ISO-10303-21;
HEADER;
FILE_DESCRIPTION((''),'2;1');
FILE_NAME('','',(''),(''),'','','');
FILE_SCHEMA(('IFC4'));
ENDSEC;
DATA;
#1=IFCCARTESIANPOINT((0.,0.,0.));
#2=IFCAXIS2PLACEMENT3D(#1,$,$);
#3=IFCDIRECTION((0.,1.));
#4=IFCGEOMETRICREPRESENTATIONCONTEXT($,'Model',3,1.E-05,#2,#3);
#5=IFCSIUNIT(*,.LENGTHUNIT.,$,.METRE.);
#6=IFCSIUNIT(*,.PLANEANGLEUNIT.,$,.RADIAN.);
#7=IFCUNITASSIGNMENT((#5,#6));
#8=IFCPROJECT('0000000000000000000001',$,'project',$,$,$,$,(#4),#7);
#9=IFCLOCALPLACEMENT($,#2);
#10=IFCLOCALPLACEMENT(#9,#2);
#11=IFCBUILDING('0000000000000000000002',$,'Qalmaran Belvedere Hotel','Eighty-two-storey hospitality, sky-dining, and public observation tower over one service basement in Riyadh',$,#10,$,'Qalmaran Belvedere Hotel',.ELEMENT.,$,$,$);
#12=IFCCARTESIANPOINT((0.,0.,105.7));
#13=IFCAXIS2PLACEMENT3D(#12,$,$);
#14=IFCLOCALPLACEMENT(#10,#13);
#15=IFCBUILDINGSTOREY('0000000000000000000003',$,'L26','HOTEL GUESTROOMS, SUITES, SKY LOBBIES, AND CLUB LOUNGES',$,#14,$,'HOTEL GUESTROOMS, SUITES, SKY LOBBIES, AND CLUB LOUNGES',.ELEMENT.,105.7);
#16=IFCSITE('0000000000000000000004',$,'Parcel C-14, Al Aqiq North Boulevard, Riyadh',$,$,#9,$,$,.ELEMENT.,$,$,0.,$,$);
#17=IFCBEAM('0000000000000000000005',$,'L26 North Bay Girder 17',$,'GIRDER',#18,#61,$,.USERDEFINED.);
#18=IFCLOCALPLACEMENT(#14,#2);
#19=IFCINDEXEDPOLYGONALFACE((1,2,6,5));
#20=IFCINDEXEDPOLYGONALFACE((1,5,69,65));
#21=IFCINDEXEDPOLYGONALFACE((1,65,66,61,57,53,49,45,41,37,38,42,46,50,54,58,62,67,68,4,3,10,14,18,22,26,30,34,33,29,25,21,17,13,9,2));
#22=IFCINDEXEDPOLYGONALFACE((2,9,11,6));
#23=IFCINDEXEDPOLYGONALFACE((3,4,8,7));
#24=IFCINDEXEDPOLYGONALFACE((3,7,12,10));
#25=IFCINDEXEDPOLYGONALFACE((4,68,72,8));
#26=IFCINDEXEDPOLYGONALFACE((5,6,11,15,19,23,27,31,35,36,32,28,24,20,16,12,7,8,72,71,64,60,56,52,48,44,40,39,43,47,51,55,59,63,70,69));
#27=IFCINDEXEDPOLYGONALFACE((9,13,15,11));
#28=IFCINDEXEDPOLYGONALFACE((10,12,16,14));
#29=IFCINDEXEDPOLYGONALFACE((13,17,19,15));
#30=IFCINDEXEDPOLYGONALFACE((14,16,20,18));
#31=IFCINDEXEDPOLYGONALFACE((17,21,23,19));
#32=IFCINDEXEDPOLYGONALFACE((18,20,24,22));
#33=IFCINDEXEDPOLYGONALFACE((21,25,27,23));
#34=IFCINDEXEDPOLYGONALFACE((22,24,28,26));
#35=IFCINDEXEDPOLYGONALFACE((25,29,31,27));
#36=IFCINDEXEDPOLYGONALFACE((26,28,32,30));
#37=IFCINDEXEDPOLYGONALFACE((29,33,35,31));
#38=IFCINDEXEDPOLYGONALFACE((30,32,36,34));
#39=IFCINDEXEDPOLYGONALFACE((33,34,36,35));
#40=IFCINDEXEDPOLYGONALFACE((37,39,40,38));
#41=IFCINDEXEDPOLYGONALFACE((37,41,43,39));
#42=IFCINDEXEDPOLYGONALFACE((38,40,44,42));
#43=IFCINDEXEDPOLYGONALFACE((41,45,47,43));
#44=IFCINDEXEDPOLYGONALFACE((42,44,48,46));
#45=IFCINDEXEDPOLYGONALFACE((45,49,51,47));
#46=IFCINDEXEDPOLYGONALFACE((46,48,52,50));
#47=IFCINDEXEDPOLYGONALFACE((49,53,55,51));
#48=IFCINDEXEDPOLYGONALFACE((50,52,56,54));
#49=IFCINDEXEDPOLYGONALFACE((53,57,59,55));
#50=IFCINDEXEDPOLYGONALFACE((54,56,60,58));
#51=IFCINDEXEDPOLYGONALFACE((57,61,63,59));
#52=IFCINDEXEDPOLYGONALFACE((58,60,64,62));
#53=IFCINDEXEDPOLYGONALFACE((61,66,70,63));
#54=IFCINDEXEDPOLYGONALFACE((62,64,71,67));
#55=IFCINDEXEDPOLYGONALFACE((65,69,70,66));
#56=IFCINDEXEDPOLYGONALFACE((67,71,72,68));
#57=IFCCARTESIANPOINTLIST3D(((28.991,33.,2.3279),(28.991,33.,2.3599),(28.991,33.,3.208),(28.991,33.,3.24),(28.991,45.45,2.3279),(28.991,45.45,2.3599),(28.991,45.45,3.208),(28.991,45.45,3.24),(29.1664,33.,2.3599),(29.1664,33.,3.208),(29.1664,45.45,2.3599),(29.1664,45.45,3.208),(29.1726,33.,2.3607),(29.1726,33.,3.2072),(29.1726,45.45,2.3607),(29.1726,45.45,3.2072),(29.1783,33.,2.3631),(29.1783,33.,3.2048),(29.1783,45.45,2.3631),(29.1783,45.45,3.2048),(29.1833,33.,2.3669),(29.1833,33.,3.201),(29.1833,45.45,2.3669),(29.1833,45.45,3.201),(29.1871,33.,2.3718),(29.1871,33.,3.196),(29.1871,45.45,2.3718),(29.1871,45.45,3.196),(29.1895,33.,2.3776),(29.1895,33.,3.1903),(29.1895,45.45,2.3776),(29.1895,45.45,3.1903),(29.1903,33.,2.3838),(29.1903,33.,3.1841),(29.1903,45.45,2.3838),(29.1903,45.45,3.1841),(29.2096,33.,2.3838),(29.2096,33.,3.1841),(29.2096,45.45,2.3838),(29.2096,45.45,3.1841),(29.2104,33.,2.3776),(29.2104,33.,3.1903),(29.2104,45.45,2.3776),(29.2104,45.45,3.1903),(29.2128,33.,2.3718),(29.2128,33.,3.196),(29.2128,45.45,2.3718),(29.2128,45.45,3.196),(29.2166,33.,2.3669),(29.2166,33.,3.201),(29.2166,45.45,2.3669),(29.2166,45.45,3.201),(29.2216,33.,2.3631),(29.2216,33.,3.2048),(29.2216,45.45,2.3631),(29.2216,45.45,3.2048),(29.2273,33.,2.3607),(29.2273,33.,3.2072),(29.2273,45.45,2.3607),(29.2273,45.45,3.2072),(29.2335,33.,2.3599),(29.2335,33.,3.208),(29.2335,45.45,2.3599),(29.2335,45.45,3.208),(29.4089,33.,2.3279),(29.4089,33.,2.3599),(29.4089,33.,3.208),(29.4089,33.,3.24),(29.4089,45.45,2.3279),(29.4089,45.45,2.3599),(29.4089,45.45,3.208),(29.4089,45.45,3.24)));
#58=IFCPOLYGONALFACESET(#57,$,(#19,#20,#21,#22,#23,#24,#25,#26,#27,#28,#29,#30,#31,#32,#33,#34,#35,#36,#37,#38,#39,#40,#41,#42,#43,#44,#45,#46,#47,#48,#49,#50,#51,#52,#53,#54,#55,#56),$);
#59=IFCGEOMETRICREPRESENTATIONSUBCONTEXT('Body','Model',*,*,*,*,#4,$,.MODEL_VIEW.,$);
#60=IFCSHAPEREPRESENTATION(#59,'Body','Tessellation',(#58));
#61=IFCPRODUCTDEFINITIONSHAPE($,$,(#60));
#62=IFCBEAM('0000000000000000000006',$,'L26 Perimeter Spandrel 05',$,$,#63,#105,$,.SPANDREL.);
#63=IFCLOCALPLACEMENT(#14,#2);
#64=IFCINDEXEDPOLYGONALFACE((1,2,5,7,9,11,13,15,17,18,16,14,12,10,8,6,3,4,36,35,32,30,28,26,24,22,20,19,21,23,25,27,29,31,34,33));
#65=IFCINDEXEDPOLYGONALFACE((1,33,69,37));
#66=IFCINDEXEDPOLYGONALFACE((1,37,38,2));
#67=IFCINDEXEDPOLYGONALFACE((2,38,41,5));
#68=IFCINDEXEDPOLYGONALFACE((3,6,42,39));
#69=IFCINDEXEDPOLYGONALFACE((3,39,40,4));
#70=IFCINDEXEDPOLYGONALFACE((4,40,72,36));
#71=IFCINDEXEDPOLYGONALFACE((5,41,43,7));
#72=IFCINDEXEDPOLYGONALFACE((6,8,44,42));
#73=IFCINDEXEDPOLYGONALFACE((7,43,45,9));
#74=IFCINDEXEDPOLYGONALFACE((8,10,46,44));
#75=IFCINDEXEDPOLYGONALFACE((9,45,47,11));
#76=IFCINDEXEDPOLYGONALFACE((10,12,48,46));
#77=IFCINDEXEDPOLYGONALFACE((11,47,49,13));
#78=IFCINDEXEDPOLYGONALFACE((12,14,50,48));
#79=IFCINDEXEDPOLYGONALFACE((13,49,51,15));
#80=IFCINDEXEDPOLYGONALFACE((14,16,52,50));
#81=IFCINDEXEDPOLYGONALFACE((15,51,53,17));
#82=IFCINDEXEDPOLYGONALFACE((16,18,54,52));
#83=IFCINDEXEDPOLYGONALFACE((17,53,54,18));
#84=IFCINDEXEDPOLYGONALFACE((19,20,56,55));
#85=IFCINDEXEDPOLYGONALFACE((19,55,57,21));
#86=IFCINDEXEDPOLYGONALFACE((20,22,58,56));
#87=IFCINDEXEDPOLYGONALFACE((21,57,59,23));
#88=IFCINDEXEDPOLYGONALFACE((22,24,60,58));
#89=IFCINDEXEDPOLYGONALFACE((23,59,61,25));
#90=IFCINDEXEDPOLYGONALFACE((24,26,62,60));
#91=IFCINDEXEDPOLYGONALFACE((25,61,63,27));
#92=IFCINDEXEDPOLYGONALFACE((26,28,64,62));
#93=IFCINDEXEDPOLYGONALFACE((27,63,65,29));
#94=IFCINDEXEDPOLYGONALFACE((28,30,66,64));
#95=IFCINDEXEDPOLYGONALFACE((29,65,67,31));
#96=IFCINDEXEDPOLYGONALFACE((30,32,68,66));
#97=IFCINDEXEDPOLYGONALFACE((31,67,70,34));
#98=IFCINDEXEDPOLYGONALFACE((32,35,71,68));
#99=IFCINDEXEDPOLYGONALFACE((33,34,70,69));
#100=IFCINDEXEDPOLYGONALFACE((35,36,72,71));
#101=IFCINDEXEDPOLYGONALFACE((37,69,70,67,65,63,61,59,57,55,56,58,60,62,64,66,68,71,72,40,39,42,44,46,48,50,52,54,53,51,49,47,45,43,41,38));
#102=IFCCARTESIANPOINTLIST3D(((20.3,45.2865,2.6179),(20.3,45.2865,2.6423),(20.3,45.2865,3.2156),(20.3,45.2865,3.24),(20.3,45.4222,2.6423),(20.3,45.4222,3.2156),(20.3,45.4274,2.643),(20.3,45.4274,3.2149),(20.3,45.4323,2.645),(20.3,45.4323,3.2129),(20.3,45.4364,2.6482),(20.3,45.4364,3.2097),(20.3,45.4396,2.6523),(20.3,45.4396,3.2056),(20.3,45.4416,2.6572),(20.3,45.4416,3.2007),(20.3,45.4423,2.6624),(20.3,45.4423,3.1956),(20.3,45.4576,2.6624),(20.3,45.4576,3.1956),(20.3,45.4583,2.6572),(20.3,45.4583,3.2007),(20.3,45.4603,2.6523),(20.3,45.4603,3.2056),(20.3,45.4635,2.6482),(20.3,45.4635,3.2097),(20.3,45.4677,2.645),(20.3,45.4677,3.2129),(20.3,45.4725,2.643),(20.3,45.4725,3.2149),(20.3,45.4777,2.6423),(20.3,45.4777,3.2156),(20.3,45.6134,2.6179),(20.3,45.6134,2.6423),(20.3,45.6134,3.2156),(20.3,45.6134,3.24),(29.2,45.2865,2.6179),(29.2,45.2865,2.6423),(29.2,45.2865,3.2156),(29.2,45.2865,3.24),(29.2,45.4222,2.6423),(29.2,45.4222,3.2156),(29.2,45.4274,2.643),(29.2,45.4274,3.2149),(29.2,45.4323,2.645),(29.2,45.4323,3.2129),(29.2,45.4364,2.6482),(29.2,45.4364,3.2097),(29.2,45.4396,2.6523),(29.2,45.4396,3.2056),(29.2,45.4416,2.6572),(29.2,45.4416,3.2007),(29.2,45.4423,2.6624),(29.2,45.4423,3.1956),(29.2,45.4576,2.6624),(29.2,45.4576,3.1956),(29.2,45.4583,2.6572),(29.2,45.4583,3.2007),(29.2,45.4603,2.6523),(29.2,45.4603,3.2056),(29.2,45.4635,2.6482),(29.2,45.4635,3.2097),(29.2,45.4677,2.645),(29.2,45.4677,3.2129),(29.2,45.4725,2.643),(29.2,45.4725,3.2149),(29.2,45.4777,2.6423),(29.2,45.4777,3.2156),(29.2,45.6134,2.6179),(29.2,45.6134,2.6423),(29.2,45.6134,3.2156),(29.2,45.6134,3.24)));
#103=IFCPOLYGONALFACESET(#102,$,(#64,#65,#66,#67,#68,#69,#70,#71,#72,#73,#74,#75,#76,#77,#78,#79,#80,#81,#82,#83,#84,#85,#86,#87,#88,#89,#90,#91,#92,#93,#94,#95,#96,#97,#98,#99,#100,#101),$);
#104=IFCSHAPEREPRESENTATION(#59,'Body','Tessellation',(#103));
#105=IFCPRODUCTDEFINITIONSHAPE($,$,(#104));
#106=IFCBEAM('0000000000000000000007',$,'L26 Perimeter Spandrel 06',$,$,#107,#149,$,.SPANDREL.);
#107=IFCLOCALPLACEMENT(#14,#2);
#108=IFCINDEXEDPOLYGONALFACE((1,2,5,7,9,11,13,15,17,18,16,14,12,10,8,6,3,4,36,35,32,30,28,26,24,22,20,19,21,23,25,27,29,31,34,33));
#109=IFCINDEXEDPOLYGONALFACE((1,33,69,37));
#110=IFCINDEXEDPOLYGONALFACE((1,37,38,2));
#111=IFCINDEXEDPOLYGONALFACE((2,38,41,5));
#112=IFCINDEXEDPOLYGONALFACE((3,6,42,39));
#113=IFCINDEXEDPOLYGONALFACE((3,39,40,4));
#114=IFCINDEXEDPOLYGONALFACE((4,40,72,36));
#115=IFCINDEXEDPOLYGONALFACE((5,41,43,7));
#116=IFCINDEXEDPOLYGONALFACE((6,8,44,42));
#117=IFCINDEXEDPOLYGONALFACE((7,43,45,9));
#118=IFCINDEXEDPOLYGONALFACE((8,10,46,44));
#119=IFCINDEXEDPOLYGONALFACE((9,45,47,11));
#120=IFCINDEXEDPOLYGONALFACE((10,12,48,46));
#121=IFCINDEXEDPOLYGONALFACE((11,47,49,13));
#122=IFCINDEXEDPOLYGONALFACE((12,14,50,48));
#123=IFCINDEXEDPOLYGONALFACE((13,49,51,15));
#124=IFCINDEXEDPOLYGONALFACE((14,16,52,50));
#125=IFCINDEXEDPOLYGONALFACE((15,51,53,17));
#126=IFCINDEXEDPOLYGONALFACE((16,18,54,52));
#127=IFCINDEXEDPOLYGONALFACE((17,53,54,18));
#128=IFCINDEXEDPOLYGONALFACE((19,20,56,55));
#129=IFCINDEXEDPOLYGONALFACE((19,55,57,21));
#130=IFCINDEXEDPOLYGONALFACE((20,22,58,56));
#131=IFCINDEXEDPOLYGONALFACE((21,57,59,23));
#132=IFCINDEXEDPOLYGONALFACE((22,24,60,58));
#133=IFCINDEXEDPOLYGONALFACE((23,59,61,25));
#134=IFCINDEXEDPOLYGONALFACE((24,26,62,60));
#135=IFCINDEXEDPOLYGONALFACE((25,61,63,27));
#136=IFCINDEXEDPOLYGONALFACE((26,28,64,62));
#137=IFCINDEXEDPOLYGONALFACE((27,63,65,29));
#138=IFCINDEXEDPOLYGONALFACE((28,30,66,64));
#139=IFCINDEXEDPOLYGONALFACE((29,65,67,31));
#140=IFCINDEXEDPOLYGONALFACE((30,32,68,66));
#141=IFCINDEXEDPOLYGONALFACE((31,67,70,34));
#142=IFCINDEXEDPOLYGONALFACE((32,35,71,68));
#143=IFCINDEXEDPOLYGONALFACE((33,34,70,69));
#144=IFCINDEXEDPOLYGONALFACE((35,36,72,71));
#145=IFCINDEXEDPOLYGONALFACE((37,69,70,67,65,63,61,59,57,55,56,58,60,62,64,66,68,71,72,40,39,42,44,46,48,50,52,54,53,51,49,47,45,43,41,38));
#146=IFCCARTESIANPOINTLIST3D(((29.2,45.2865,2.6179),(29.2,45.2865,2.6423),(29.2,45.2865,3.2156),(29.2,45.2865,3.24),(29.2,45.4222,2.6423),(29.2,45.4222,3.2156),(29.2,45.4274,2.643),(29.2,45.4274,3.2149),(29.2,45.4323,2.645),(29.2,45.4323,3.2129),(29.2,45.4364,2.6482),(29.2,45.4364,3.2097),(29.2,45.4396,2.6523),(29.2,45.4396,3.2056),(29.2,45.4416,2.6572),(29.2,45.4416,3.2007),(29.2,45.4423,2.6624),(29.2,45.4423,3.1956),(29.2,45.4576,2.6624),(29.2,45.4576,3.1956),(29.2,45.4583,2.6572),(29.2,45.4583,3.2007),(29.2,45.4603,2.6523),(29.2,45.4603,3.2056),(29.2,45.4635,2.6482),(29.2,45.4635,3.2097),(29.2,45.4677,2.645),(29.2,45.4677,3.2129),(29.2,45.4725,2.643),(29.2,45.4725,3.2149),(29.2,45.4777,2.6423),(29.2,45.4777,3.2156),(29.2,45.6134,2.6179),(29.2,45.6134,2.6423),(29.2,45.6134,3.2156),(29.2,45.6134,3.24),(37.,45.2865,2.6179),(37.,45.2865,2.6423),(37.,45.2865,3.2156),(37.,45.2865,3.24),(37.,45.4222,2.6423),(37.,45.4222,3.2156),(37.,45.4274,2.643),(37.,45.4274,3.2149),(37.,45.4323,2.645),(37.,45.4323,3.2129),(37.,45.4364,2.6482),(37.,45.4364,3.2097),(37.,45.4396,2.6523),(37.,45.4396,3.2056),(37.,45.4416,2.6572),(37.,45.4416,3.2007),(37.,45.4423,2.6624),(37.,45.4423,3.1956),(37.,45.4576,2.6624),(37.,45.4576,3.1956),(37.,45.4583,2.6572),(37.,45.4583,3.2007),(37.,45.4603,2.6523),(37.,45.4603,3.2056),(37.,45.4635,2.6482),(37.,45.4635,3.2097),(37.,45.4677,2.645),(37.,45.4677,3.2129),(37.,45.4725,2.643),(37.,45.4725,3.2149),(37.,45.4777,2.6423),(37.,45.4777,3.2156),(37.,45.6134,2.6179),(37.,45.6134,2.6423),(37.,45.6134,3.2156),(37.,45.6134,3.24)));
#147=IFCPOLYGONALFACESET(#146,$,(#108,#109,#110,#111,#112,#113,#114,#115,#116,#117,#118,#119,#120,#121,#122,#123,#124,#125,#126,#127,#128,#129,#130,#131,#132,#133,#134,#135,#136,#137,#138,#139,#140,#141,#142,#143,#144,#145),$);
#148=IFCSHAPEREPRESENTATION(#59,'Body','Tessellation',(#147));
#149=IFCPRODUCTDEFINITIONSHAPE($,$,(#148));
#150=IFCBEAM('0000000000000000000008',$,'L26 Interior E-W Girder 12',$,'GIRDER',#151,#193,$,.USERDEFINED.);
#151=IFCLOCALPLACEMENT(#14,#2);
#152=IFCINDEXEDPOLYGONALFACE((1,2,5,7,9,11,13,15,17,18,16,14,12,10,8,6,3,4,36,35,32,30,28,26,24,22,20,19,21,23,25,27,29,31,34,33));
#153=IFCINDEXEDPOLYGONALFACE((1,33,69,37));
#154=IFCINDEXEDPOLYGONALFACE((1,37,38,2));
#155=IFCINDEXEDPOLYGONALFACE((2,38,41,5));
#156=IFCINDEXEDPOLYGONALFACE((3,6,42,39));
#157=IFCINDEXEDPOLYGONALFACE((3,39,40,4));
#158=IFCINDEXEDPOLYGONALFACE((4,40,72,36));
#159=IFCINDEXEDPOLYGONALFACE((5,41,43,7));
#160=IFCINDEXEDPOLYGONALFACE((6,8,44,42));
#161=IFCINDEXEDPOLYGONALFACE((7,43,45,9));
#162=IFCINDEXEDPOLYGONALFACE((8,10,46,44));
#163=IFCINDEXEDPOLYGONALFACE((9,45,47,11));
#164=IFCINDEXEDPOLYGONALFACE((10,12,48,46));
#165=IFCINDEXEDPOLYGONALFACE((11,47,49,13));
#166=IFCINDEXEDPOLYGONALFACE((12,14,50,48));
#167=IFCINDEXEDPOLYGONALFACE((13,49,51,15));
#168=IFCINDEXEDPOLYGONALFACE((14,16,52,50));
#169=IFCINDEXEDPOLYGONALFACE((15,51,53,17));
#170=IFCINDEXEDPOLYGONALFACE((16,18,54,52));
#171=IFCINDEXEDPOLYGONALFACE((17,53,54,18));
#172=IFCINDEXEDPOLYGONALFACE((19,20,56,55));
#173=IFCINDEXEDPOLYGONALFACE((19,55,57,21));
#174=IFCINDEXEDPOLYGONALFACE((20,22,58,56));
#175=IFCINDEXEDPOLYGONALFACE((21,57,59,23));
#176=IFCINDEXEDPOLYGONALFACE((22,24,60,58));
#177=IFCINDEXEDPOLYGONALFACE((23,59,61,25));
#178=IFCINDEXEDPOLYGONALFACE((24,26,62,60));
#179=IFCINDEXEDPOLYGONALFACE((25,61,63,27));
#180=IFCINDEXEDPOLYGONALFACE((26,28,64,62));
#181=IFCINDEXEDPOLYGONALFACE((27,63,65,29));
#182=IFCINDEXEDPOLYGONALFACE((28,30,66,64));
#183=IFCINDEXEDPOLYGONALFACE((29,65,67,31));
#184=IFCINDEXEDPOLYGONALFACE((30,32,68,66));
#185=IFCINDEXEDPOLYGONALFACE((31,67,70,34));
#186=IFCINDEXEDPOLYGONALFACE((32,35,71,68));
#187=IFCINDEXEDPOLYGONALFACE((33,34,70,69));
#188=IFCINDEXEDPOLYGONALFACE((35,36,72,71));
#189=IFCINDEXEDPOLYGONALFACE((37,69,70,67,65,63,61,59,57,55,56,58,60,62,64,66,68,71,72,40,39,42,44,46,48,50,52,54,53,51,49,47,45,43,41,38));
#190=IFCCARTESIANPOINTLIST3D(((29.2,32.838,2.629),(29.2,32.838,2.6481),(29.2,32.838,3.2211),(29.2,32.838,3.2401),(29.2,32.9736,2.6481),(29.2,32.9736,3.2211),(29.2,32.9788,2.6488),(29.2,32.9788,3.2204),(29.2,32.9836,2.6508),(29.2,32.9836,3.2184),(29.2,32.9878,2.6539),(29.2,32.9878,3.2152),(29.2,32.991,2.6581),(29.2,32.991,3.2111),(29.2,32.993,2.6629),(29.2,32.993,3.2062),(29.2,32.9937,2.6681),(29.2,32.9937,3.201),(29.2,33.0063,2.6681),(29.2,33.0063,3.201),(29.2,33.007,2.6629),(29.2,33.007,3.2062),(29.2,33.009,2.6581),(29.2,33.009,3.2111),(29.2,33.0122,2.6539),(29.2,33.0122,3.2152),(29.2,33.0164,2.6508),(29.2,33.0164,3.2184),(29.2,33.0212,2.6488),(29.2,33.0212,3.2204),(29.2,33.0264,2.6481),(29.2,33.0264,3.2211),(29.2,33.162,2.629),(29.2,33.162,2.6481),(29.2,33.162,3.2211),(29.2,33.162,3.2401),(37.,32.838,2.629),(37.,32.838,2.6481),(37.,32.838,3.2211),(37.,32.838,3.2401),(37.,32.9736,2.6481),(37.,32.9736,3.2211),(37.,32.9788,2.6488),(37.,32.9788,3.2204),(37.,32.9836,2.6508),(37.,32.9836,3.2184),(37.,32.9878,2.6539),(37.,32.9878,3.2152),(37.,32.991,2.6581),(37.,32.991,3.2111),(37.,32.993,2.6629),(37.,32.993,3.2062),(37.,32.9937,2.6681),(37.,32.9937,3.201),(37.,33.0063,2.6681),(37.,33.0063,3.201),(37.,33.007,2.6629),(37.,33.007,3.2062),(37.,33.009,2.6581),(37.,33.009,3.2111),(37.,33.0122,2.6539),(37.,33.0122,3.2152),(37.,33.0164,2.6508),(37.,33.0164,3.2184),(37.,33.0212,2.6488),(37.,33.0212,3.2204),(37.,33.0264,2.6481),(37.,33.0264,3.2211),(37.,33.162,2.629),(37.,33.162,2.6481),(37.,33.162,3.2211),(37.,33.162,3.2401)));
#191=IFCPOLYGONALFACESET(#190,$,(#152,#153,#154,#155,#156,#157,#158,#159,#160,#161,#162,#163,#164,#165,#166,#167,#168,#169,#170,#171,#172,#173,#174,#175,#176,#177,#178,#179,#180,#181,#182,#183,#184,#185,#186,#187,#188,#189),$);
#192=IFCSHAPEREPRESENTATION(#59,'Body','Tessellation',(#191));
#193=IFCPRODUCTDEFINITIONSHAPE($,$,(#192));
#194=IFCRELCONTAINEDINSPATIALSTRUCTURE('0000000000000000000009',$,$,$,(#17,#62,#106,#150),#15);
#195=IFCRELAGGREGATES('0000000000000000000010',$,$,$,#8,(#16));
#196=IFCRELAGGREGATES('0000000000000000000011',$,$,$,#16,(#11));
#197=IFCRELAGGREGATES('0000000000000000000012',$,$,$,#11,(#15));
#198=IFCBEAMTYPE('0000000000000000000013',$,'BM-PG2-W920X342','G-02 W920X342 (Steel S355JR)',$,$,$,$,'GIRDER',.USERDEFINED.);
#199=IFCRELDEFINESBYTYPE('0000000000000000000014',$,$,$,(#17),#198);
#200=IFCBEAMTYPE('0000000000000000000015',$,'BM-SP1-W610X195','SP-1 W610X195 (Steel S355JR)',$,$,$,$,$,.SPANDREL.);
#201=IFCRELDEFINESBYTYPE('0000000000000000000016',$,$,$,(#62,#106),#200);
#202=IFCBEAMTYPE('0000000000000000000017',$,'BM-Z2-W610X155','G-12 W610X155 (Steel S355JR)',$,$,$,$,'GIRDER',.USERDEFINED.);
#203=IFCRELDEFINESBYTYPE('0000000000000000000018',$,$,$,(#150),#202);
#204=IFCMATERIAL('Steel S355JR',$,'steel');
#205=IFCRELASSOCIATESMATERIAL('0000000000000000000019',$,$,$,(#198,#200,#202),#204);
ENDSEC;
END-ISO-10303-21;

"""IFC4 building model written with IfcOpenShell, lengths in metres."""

from ifc_helpers import new_model, si_unit, direction, frame, origin, origin_2d, place, context, subcontext, project, spatial, i_section, extrude, material, material_profile, profile_set, type_object, element, save


model = new_model("IFC4")

# Units and contexts
model_context = context("Model", 3, precision=1e-05, world=origin(), true_north=direction((0.0, 1.0)))
body_context = subcontext(model_context, "Body", "Model", "MODEL_VIEW")
ifc_project = project(units=[si_unit("LENGTHUNIT", "METRE"), si_unit("PLANEANGLEUNIT", "RADIAN")], contexts=[model_context])

# Site, building, storey
site_placement = place(None, origin())
site = spatial("IfcSite", under=ifc_project, at=site_placement, Name="Parcel C-14, Al Aqiq North Boulevard, Riyadh", CompositionType="ELEMENT", RefElevation=0.0)
building_placement = place(site_placement, origin())
building = spatial("IfcBuilding", under=site, at=building_placement, Name="Qalmaran Belvedere Hotel", Description="Eighty-two-storey hospitality, sky-dining, and public observation tower over one service basement in Riyadh", LongName="Qalmaran Belvedere Hotel", CompositionType="ELEMENT")
storey_placement = place(building_placement, frame((0.0, 0.0, 105.7)))
storey = spatial("IfcBuildingStorey", under=building, at=storey_placement, Name="L26", Description="HOTEL GUESTROOMS, SUITES, SKY LOBBIES, AND CLUB LOUNGES", LongName="HOTEL GUESTROOMS, SUITES, SKY LOBBIES, AND CLUB LOUNGES", CompositionType="ELEMENT", Elevation=105.7)

# Beams
ifc_material_1 = material(Name="Steel S355JR", Category="steel")
ifc_material_profile_1 = material_profile(ifc_material_1, i_section(OverallWidth=0.418, OverallDepth=0.9121, WebThickness=0.0193, FlangeThickness=0.032, FilletRadius=0.0239, at=origin_2d()), Name="W920X342")
ifc_profile_set_1 = profile_set([ifc_material_profile_1], Name="Steel S355JR")
beam_type_1 = type_object("IfcBeamType", Name="BM-PG2-W920X342", Description="G-02 W920X342 (Steel S355JR)", ElementType="GIRDER", PredefinedType="USERDEFINED", material=ifc_profile_set_1)
beam_1_placement = place(storey_placement, frame((29.2, 33.0, 2.7839), z_axis=(0.0, 1.0, 0.0), x_axis=(-1.0, 0.0, 0.0)))
element("IfcBeam", 1, at=beam_1_placement, inside=storey, type_object=beam_type_1, Name="L26 North Bay Girder 17", ObjectType="GIRDER", PredefinedType="USERDEFINED", context=body_context, shape_type="SweptSolid", body=[
    extrude(i_section(OverallWidth=0.418, OverallDepth=0.9121, WebThickness=0.0193, FlangeThickness=0.032, FilletRadius=0.0239, at=origin_2d()), origin(), (0.0, 0.0, 1.0), 12.45),
])
ifc_material_profile_2 = material_profile(ifc_material_1, i_section(OverallWidth=0.3269, OverallDepth=0.6221, WebThickness=0.0154, FlangeThickness=0.0244, FilletRadius=0.02, at=origin_2d()), Name="W610X195")
ifc_profile_set_2 = profile_set([ifc_material_profile_2], Name="Steel S355JR")
beam_type_2 = type_object("IfcBeamType", Name="BM-SP1-W610X195", Description="SP-1 W610X195 (Steel S355JR)", PredefinedType="SPANDREL", material=ifc_profile_set_2)
beam_2_placement = place(storey_placement, frame((20.3, 45.45, 2.929), z_axis=(1.0, 0.0, 0.0), x_axis=(0.0, 1.0, 0.0)))
element("IfcBeam", 2, at=beam_2_placement, inside=storey, type_object=beam_type_2, Name="L26 Perimeter Spandrel 05", PredefinedType="SPANDREL", context=body_context, shape_type="SweptSolid", body=[
    extrude(i_section(OverallWidth=0.3269, OverallDepth=0.6221, WebThickness=0.0154, FlangeThickness=0.0244, FilletRadius=0.02, at=origin_2d()), origin(), (0.0, 0.0, 1.0), 8.8999),
])
beam_3_placement = place(storey_placement, frame((29.2, 45.45, 2.929), z_axis=(1.0, 0.0, 0.0), x_axis=(0.0, 1.0, 0.0)))
element("IfcBeam", 3, at=beam_3_placement, inside=storey, type_object=beam_type_2, Name="L26 Perimeter Spandrel 06", PredefinedType="SPANDREL", context=body_context, shape_type="SweptSolid", body=[
    extrude(i_section(OverallWidth=0.3269, OverallDepth=0.6221, WebThickness=0.0154, FlangeThickness=0.0244, FilletRadius=0.02, at=origin_2d()), origin(), (0.0, 0.0, 1.0), 7.8),
])
ifc_material_profile_3 = material_profile(ifc_material_1, i_section(OverallWidth=0.324, OverallDepth=0.6111, WebThickness=0.0127, FlangeThickness=0.019, FilletRadius=0.02, at=origin_2d()), Name="W610X155")
ifc_profile_set_3 = profile_set([ifc_material_profile_3], Name="Steel S355JR")
beam_type_3 = type_object("IfcBeamType", Name="BM-Z2-W610X155", Description="G-12 W610X155 (Steel S355JR)", ElementType="GIRDER", PredefinedType="USERDEFINED", material=ifc_profile_set_3)
beam_4_placement = place(storey_placement, frame((29.2, 33.0, 2.9346), z_axis=(1.0, 0.0, 0.0), x_axis=(0.0, 1.0, 0.0)))
element("IfcBeam", 4, at=beam_4_placement, inside=storey, type_object=beam_type_3, Name="L26 Interior E-W Girder 12", ObjectType="GIRDER", PredefinedType="USERDEFINED", context=body_context, shape_type="SweptSolid", body=[
    extrude(i_section(OverallWidth=0.324, OverallDepth=0.6111, WebThickness=0.0127, FlangeThickness=0.019, FilletRadius=0.02, at=origin_2d()), origin(), (0.0, 0.0, 1.0), 7.8),
])

save(model, "model.ifc")
